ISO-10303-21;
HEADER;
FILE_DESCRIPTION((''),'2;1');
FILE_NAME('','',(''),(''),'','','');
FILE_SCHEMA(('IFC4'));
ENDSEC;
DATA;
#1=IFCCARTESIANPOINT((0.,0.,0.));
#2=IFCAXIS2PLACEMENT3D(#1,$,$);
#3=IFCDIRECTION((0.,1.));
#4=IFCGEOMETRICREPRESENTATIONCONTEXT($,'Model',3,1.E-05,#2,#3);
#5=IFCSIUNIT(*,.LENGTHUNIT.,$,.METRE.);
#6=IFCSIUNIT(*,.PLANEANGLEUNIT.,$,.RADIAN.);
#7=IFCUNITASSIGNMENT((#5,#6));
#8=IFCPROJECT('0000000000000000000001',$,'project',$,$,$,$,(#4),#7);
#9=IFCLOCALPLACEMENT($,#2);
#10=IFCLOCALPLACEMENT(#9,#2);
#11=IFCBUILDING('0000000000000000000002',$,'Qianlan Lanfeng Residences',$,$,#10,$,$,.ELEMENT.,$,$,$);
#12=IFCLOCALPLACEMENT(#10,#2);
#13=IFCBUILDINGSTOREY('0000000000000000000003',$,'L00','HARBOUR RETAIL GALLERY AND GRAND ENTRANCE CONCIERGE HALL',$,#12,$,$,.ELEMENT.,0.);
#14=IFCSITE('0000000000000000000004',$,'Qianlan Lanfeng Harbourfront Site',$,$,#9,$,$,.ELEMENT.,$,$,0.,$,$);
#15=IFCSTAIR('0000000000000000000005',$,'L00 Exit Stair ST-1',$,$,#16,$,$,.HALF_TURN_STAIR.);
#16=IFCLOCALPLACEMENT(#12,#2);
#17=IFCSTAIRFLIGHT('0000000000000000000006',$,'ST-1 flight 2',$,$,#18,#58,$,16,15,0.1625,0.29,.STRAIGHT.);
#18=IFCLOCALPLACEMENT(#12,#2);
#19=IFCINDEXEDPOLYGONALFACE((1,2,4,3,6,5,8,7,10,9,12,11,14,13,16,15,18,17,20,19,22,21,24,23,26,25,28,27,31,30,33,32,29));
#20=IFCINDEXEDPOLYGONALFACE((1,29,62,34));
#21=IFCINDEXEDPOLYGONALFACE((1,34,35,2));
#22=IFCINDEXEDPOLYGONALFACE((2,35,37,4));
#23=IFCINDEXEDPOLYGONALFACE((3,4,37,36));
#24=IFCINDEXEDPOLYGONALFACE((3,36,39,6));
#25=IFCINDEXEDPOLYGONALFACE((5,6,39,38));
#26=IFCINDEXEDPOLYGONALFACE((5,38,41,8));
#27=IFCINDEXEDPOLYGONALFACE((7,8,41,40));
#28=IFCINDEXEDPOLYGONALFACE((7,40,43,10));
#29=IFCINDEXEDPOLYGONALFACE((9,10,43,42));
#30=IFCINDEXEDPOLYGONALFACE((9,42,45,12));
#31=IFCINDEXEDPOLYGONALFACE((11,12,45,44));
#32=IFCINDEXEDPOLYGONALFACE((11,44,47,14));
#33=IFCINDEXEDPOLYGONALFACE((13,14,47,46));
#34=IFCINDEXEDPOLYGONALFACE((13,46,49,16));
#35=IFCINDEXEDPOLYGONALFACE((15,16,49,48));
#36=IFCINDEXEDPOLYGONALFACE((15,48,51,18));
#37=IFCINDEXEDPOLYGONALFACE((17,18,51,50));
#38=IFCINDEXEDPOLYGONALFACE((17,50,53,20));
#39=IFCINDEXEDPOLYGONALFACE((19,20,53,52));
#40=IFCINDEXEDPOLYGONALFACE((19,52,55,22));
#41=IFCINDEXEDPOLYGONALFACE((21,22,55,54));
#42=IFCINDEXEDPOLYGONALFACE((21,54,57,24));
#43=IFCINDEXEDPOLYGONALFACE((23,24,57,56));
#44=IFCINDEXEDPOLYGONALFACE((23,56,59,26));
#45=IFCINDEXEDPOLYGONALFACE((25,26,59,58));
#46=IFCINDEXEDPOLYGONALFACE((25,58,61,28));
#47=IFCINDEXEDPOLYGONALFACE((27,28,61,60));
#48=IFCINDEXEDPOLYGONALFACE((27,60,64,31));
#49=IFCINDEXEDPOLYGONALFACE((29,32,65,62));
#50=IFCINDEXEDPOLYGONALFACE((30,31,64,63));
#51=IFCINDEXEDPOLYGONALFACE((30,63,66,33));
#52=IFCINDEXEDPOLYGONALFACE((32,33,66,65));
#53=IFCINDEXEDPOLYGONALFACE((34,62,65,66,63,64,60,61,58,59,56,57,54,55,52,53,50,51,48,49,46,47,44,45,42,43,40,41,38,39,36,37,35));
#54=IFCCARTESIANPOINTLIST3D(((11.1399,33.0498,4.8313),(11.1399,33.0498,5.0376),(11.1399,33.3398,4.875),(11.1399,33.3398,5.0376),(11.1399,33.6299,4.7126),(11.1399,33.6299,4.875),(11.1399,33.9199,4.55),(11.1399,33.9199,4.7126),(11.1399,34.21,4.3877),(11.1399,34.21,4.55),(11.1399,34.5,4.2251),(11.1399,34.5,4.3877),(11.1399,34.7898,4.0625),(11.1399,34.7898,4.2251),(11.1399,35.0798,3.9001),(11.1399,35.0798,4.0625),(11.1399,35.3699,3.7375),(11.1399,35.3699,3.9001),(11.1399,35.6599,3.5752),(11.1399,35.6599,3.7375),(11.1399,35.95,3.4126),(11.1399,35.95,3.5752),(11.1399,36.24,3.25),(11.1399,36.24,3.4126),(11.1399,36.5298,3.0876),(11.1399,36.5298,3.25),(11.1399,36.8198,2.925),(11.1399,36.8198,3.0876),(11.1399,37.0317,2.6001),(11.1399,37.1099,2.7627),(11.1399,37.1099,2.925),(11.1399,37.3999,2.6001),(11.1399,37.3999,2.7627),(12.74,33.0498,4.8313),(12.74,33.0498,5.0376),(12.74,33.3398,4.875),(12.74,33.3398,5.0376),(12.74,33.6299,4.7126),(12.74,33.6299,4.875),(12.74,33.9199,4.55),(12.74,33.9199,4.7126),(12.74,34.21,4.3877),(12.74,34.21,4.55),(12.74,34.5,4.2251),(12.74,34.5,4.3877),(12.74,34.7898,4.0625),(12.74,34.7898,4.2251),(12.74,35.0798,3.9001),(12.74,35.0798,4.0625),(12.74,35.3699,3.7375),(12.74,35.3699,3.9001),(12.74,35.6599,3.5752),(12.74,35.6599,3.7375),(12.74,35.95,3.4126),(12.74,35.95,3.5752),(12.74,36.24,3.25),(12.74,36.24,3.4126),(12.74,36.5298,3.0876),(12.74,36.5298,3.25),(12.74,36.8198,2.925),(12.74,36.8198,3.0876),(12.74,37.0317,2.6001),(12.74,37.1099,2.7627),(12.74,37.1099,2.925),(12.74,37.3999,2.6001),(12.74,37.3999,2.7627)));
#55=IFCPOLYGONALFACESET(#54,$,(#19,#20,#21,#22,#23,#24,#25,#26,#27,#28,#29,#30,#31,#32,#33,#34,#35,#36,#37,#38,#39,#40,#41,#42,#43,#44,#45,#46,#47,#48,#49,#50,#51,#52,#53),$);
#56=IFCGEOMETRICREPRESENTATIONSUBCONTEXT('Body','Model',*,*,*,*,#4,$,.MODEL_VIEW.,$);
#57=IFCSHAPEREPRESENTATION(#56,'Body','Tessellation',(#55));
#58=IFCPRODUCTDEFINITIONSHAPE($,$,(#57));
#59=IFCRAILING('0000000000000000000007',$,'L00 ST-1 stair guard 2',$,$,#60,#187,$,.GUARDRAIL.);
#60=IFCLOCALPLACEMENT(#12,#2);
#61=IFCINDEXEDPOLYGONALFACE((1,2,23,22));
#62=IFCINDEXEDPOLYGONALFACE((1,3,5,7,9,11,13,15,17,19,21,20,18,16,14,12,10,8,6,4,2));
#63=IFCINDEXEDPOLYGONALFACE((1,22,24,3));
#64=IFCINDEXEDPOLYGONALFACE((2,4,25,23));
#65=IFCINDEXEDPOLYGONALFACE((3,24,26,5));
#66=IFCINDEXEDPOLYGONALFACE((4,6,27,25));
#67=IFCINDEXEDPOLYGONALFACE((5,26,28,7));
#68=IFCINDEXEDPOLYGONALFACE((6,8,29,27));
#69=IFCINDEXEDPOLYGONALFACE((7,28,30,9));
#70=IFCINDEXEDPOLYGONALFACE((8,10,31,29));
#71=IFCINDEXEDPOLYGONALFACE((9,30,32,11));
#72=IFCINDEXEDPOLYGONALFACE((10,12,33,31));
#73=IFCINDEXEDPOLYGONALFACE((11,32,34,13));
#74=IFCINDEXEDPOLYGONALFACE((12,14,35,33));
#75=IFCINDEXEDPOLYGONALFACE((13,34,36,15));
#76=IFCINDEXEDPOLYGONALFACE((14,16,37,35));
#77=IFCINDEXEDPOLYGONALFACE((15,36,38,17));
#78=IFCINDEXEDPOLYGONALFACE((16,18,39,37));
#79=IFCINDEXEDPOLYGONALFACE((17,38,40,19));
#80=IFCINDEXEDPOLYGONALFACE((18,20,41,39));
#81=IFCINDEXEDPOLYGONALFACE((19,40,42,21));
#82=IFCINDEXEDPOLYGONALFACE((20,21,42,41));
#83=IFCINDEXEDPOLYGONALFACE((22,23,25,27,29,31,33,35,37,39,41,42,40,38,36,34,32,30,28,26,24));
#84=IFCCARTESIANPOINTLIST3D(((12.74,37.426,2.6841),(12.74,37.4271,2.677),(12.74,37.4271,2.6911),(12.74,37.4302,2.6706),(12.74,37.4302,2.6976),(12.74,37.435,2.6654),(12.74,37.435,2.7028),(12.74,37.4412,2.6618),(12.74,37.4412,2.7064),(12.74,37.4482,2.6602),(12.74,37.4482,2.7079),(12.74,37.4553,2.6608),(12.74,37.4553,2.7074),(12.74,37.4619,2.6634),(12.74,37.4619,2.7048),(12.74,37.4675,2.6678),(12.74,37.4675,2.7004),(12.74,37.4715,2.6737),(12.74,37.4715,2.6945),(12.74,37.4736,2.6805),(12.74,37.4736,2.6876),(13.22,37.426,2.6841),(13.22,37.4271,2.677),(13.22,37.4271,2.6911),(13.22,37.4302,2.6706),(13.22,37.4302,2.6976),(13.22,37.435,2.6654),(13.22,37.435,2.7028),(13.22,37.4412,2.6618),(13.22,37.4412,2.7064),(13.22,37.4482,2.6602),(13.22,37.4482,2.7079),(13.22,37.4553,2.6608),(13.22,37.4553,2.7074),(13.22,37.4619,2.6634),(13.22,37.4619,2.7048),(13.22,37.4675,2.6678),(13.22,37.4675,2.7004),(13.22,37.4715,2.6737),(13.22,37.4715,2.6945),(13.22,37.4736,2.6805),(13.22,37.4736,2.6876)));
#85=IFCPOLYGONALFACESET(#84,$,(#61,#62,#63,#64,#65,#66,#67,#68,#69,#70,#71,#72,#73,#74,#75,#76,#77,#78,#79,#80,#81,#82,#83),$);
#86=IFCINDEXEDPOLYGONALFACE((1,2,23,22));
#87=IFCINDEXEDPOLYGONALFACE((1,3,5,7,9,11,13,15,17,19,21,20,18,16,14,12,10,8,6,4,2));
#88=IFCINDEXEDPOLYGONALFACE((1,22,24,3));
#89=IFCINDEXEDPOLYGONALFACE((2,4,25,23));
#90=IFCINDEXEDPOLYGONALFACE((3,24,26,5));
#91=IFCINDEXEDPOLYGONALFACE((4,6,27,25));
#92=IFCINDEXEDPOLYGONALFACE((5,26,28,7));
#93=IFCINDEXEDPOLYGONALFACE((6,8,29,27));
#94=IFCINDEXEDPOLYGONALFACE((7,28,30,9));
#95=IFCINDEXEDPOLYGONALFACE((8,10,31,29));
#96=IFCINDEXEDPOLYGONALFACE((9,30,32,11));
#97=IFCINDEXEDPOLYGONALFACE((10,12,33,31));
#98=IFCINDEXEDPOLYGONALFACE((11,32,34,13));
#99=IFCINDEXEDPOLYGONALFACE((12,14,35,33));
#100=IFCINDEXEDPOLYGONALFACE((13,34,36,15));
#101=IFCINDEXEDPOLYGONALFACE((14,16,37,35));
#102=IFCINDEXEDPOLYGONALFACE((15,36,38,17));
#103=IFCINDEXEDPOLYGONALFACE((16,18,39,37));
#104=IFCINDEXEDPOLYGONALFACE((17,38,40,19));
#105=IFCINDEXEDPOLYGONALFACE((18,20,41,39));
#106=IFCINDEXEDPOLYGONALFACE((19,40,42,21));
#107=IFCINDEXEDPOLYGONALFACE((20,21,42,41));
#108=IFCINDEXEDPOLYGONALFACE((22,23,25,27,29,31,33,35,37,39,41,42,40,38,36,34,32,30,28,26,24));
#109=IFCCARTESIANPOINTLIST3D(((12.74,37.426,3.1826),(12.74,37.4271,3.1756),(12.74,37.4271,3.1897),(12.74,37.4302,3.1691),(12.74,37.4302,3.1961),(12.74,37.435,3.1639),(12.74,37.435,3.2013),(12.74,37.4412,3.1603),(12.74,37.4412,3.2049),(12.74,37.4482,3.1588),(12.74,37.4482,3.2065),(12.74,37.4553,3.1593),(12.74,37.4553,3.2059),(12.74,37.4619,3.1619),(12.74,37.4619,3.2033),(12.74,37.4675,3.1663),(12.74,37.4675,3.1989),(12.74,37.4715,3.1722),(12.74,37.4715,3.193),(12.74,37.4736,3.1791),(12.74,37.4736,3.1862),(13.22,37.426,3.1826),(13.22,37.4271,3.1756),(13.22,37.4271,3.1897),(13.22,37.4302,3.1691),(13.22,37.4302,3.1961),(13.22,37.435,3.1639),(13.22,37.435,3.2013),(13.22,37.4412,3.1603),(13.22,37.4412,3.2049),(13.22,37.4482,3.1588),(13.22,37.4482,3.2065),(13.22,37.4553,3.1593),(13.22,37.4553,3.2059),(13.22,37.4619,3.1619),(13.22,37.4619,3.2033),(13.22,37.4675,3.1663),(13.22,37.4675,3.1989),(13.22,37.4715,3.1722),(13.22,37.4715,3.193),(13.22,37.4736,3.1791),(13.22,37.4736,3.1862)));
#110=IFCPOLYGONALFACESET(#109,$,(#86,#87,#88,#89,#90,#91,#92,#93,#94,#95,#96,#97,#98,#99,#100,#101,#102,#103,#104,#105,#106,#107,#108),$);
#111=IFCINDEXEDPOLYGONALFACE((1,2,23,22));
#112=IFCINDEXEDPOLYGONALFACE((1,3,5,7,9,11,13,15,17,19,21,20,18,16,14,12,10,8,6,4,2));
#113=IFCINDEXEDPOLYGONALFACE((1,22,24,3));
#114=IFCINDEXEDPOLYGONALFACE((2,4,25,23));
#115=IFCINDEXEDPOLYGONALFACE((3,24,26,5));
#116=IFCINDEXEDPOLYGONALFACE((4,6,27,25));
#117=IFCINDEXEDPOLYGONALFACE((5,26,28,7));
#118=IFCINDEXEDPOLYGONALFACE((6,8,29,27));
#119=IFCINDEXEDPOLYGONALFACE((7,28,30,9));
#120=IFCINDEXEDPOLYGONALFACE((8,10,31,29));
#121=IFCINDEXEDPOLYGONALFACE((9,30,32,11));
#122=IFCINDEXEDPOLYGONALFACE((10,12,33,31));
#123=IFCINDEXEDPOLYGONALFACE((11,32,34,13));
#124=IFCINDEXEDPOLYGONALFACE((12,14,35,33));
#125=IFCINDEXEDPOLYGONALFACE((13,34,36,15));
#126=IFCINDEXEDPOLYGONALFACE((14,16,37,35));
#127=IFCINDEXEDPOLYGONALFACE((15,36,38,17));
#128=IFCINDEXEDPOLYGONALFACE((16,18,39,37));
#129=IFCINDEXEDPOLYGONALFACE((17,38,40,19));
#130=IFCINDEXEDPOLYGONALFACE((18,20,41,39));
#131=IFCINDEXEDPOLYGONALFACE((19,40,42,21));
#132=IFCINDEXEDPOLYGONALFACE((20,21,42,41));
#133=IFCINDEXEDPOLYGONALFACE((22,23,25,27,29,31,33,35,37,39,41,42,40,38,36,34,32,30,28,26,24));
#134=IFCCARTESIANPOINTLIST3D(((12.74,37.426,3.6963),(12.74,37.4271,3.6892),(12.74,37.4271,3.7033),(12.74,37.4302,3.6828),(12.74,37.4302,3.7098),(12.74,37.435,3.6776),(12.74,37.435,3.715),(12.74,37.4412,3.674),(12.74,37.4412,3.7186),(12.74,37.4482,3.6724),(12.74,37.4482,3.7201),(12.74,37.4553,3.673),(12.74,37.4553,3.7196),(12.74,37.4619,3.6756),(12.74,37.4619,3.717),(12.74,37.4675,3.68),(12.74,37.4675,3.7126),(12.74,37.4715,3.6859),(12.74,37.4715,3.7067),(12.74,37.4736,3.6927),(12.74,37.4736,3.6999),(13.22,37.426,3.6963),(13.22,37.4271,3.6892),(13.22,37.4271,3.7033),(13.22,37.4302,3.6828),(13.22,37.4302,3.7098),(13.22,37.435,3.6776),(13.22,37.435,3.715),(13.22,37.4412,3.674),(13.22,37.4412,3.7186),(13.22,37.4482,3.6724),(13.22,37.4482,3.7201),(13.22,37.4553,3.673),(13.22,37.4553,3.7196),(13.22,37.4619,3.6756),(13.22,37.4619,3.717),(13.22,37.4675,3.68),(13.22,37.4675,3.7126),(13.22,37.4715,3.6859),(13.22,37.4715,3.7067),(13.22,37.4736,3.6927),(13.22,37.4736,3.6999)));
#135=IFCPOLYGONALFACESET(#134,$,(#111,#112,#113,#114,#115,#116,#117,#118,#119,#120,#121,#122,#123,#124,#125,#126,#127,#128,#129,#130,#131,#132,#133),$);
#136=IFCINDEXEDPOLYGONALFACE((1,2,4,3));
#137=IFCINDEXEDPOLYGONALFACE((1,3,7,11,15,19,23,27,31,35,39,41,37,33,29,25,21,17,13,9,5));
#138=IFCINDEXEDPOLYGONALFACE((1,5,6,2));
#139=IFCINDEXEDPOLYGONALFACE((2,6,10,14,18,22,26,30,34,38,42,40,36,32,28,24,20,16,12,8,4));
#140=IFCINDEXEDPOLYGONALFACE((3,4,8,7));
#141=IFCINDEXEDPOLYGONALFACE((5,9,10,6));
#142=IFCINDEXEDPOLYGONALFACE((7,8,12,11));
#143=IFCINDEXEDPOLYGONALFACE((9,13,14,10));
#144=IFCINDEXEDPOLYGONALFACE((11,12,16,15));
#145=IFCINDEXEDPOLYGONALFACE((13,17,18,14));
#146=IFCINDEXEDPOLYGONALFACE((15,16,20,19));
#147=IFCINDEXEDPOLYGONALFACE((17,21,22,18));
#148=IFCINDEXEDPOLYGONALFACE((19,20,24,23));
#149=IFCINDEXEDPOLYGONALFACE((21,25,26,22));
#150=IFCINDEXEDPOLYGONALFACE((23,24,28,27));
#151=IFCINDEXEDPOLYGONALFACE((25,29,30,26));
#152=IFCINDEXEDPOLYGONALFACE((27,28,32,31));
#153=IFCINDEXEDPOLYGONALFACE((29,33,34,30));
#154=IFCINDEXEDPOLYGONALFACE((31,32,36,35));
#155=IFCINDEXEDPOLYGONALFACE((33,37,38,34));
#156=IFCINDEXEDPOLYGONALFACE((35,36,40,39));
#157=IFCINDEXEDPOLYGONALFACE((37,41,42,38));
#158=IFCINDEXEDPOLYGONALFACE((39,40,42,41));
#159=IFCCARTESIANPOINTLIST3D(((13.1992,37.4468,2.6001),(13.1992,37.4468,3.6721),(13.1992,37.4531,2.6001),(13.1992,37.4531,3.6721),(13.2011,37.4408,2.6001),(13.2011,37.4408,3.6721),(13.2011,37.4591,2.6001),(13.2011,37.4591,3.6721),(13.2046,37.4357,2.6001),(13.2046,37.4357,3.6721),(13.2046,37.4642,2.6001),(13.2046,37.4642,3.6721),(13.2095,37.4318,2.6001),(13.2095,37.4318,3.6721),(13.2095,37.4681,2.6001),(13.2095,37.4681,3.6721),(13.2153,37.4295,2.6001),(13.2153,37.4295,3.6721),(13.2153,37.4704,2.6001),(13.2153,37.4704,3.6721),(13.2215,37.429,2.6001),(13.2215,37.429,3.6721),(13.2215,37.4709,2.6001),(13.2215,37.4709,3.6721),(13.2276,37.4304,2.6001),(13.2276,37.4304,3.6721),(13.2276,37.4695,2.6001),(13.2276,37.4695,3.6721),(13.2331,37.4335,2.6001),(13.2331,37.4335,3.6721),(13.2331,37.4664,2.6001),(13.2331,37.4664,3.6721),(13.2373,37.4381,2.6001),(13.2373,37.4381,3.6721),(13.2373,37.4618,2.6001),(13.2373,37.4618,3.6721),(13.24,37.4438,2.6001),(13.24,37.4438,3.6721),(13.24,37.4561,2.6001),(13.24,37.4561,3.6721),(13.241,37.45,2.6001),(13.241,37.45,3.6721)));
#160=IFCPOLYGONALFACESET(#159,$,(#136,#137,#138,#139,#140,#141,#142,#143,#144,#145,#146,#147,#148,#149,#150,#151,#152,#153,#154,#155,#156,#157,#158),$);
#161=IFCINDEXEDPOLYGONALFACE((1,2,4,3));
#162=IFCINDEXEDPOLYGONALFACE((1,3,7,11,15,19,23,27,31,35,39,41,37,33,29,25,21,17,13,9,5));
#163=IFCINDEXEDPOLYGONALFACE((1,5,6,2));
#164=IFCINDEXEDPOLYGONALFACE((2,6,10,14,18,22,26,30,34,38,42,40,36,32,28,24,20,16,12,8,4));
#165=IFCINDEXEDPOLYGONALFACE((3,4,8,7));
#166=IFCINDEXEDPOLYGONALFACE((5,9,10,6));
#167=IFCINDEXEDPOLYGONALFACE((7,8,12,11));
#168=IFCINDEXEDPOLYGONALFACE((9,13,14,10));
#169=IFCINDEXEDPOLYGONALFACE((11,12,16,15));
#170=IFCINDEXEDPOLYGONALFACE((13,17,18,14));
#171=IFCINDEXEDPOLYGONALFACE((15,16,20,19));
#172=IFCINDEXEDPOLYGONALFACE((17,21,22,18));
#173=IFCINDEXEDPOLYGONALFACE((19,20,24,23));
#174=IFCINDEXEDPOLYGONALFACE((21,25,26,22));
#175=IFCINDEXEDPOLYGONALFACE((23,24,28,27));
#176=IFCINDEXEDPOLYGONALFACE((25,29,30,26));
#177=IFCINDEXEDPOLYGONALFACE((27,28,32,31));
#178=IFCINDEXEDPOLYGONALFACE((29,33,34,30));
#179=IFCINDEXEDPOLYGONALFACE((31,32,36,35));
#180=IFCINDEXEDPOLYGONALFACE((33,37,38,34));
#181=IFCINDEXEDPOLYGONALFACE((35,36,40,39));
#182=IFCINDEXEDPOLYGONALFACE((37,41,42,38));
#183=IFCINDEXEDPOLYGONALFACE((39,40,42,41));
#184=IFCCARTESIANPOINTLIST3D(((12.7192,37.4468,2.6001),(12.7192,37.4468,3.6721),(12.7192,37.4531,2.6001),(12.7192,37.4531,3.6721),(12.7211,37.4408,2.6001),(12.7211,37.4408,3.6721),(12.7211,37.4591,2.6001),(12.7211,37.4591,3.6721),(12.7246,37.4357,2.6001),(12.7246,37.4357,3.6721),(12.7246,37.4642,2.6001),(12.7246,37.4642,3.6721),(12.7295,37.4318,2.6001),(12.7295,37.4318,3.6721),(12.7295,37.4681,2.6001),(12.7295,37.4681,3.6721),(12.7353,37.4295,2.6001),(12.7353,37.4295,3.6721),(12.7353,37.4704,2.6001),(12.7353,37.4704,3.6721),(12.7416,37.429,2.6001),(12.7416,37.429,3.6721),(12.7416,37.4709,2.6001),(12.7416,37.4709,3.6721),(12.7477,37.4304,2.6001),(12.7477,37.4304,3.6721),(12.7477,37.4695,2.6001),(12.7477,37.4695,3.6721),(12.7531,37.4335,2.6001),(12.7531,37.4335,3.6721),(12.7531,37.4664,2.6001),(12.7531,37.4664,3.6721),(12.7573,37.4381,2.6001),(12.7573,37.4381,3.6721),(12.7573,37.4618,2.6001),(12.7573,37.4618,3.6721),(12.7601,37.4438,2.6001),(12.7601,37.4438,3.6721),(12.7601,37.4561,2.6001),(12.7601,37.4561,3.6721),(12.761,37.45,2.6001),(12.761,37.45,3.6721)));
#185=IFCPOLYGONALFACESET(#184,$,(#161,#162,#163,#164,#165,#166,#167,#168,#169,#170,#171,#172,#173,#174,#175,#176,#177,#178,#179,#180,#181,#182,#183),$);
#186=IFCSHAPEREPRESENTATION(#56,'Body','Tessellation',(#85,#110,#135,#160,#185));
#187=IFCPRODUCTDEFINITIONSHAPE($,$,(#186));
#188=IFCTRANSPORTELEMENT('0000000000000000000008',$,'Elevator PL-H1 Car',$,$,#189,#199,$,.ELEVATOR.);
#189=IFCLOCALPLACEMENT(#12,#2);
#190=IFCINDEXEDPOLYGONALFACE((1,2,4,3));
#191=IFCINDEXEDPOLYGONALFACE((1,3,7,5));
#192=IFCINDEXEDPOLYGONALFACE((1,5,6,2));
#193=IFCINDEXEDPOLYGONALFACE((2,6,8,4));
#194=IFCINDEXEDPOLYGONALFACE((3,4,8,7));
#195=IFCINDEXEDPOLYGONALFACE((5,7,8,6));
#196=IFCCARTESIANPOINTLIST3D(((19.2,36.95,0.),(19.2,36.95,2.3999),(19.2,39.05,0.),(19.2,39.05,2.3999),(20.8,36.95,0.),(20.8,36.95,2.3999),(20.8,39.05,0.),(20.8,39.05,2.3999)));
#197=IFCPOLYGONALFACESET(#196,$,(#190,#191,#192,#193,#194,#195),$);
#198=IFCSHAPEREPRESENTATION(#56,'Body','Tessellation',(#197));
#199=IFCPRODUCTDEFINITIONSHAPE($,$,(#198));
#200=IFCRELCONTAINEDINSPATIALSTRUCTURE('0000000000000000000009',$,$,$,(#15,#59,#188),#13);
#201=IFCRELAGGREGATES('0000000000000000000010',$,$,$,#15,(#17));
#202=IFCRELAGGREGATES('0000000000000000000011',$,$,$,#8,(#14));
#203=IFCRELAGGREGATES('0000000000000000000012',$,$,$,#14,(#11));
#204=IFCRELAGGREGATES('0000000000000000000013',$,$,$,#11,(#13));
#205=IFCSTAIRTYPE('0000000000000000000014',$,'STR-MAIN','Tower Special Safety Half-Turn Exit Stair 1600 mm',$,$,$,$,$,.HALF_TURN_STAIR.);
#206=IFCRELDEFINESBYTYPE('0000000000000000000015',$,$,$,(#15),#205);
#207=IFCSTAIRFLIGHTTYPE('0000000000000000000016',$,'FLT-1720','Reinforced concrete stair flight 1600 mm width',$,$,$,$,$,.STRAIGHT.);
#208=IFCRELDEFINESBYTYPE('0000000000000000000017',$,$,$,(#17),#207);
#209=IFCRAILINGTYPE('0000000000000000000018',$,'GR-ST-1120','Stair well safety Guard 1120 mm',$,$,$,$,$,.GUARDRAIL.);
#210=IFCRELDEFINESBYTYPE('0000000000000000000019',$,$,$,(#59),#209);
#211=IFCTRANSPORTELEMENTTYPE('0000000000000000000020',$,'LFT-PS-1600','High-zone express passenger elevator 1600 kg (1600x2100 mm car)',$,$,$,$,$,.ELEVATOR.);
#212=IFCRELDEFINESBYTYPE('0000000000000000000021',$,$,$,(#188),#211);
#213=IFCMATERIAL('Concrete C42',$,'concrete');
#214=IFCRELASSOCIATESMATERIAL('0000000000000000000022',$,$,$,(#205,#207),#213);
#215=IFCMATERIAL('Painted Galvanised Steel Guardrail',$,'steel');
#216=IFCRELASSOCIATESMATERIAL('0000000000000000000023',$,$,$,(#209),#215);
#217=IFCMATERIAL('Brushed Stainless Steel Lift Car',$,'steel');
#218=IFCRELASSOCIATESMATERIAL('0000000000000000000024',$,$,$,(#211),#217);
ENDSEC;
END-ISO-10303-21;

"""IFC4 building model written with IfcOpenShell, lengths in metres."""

from ifc_helpers import new_model, si_unit, direction, frame, origin, origin_2d, place, context, subcontext, project, spatial, polyline, rectangle, circle, outline, extrude, source, transform, mapped, material, type_object, element, aggregate, save


model = new_model("IFC4")

# Units and contexts
model_context = context("Model", 3, precision=1e-05, world=origin(), true_north=direction((0.0, 1.0)))
body_context = subcontext(model_context, "Body", "Model", "MODEL_VIEW")
ifc_project = project(units=[si_unit("LENGTHUNIT", "METRE"), si_unit("PLANEANGLEUNIT", "RADIAN")], contexts=[model_context])

# Site, building, storey
site_placement = place(None, origin())
site = spatial("IfcSite", under=ifc_project, at=site_placement, Name="Qianlan Lanfeng Harbourfront Site", CompositionType="ELEMENT", RefElevation=0.0)
building_placement = place(site_placement, origin())
building = spatial("IfcBuilding", under=site, at=building_placement, Name="Qianlan Lanfeng Residences", CompositionType="ELEMENT")
storey_placement = place(building_placement, origin())
storey = spatial("IfcBuildingStorey", under=building, at=storey_placement, Name="L00", Description="HARBOUR RETAIL GALLERY AND GRAND ENTRANCE CONCIERGE HALL", CompositionType="ELEMENT", Elevation=0.0)

# Shared definitions
ifc_material_1 = material(Name="Concrete C42", Category="concrete")

# Stair, stair flight
stair_type = type_object("IfcStairType", Name="STR-MAIN", Description="Tower Special Safety Half-Turn Exit Stair 1600 mm", PredefinedType="HALF_TURN_STAIR", material=ifc_material_1)
stair_placement = place(storey_placement, origin())
stair = element("IfcStair", 1, at=stair_placement, inside=storey, type_object=stair_type, Name="L00 Exit Stair ST-1", PredefinedType="HALF_TURN_STAIR")
stair_flight_type = type_object("IfcStairFlightType", Name="FLT-1720", Description="Reinforced concrete stair flight 1600 mm width", PredefinedType="STRAIGHT", material=ifc_material_1)
stair_flight_placement = place(storey_placement, frame((11.9399, 37.3999, 2.6001), z_axis=(0.0, 0.0, 1.0), x_axis=(0.0, -1.0, 0.0)))
stair_flight = element("IfcStairFlight", 2, at=stair_flight_placement, type_object=stair_flight_type, Name="ST-1 flight 2", NumberOfRisers=16, NumberOfTreads=15, PredefinedType="STRAIGHT", RiserHeight=0.1625, TreadLength=0.29, context=body_context, shape_type="SweptSolid", body=[
    extrude(outline(polyline([(0.0, 0.0), (0.0, 0.1626), (0.29, 0.1626), (0.29, 0.325), (0.5801, 0.325), (0.5801, 0.4875), (0.8701, 0.4875), (0.8701, 0.6499), (1.1599, 0.6499), (1.1599, 0.8125), (1.45, 0.8125), (1.45, 0.9751), (1.74, 0.9751), (1.74, 1.1375), (2.03, 1.1375), (2.03, 1.3), (2.3201, 1.3), (2.3201, 1.4624), (2.6101, 1.4624), (2.6101, 1.625), (2.8999, 1.625), (2.8999, 1.7876), (3.1899, 1.7876), (3.1899, 1.95), (3.48, 1.95), (3.48, 2.1125), (3.77, 2.1125), (3.77, 2.2749), (4.0601, 2.2749), (4.0601, 2.4375), (4.3501, 2.4375), (4.3501, 2.6001), (4.3501, 2.2312), (0.3682, 0.0), (0.0, 0.0)])), frame((0.0, 0.8, 0.0), z_axis=(0.0, -1.0, 0.0), x_axis=(1.0, 0.0, 0.0)), (0.0, 0.0, 1.0), 1.6001),
])
aggregate(stair, [stair_flight])

# Railing
ifc_material_2 = material(Name="Painted Galvanised Steel Guardrail", Category="steel")
railing_type_1 = type_object("IfcRailingType", Name="GR-ST-1120", Description="Stair well safety Guard 1120 mm", PredefinedType="GUARDRAIL", material=ifc_material_2)
railing_1_placement = place(storey_placement, frame((13.22, 37.45, 2.6001)))
element("IfcRailing", 3, at=railing_1_placement, inside=storey, type_object=railing_type_1, Name="L00 ST-1 stair guard 2", PredefinedType="GUARDRAIL", context=body_context, shape_type="SweptSolid", body=[
    extrude(circle(Radius=0.0239, at=origin_2d()), frame((0.0, 0.0, 0.084), z_axis=(-1.0, 0.0, 0.0), x_axis=(0.0, -1.0, 0.0)), (0.0, 0.0, 1.0), 0.48),
    extrude(circle(Radius=0.0239, at=origin_2d()), frame((0.0, 0.0, 0.5825), z_axis=(-1.0, 0.0, 0.0), x_axis=(0.0, -1.0, 0.0)), (0.0, 0.0, 1.0), 0.48),
    extrude(circle(Radius=0.0239, at=origin_2d()), frame((0.0, 0.0, 1.0962), z_axis=(-1.0, 0.0, 0.0), x_axis=(0.0, -1.0, 0.0)), (0.0, 0.0, 1.0), 0.48),
    extrude(circle(Radius=0.021, at=origin_2d()), origin(), (0.0, 0.0, 1.0), 1.072),
    extrude(circle(Radius=0.021, at=origin_2d()), frame((-0.48, 0.0, 0.0)), (0.0, 0.0, 1.0), 1.072),
])

# Transport element
ifc_material_3 = material(Name="Brushed Stainless Steel Lift Car", Category="steel")
transport_element_type = type_object("IfcTransportElementType", Name="LFT-PS-1600", Description="High-zone express passenger elevator 1600 kg (1600x2100 mm car)", PredefinedType="ELEVATOR", material=ifc_material_3)
shared_shape = source(origin(), body_context, "Body", "SweptSolid", [
    extrude(rectangle(XDim=1.6001, YDim=2.1001, at=origin_2d()), origin(), (0.0, 0.0, 1.0), 2.3999),
])
transport_element_placement = place(storey_placement, frame((20.0, 38.0, 0.0), z_axis=(0.0, 0.0, 1.0), x_axis=(1.0, 0.0, 0.0)))
element("IfcTransportElement", 4, at=transport_element_placement, inside=storey, type_object=transport_element_type, Name="Elevator PL-H1 Car", PredefinedType="ELEVATOR", context=body_context, shape_type="MappedRepresentation", body=[
    mapped(shared_shape, transform((0.0, 0.0, 0.0), scale=1.0)),
])

save(model, "model.ifc")
